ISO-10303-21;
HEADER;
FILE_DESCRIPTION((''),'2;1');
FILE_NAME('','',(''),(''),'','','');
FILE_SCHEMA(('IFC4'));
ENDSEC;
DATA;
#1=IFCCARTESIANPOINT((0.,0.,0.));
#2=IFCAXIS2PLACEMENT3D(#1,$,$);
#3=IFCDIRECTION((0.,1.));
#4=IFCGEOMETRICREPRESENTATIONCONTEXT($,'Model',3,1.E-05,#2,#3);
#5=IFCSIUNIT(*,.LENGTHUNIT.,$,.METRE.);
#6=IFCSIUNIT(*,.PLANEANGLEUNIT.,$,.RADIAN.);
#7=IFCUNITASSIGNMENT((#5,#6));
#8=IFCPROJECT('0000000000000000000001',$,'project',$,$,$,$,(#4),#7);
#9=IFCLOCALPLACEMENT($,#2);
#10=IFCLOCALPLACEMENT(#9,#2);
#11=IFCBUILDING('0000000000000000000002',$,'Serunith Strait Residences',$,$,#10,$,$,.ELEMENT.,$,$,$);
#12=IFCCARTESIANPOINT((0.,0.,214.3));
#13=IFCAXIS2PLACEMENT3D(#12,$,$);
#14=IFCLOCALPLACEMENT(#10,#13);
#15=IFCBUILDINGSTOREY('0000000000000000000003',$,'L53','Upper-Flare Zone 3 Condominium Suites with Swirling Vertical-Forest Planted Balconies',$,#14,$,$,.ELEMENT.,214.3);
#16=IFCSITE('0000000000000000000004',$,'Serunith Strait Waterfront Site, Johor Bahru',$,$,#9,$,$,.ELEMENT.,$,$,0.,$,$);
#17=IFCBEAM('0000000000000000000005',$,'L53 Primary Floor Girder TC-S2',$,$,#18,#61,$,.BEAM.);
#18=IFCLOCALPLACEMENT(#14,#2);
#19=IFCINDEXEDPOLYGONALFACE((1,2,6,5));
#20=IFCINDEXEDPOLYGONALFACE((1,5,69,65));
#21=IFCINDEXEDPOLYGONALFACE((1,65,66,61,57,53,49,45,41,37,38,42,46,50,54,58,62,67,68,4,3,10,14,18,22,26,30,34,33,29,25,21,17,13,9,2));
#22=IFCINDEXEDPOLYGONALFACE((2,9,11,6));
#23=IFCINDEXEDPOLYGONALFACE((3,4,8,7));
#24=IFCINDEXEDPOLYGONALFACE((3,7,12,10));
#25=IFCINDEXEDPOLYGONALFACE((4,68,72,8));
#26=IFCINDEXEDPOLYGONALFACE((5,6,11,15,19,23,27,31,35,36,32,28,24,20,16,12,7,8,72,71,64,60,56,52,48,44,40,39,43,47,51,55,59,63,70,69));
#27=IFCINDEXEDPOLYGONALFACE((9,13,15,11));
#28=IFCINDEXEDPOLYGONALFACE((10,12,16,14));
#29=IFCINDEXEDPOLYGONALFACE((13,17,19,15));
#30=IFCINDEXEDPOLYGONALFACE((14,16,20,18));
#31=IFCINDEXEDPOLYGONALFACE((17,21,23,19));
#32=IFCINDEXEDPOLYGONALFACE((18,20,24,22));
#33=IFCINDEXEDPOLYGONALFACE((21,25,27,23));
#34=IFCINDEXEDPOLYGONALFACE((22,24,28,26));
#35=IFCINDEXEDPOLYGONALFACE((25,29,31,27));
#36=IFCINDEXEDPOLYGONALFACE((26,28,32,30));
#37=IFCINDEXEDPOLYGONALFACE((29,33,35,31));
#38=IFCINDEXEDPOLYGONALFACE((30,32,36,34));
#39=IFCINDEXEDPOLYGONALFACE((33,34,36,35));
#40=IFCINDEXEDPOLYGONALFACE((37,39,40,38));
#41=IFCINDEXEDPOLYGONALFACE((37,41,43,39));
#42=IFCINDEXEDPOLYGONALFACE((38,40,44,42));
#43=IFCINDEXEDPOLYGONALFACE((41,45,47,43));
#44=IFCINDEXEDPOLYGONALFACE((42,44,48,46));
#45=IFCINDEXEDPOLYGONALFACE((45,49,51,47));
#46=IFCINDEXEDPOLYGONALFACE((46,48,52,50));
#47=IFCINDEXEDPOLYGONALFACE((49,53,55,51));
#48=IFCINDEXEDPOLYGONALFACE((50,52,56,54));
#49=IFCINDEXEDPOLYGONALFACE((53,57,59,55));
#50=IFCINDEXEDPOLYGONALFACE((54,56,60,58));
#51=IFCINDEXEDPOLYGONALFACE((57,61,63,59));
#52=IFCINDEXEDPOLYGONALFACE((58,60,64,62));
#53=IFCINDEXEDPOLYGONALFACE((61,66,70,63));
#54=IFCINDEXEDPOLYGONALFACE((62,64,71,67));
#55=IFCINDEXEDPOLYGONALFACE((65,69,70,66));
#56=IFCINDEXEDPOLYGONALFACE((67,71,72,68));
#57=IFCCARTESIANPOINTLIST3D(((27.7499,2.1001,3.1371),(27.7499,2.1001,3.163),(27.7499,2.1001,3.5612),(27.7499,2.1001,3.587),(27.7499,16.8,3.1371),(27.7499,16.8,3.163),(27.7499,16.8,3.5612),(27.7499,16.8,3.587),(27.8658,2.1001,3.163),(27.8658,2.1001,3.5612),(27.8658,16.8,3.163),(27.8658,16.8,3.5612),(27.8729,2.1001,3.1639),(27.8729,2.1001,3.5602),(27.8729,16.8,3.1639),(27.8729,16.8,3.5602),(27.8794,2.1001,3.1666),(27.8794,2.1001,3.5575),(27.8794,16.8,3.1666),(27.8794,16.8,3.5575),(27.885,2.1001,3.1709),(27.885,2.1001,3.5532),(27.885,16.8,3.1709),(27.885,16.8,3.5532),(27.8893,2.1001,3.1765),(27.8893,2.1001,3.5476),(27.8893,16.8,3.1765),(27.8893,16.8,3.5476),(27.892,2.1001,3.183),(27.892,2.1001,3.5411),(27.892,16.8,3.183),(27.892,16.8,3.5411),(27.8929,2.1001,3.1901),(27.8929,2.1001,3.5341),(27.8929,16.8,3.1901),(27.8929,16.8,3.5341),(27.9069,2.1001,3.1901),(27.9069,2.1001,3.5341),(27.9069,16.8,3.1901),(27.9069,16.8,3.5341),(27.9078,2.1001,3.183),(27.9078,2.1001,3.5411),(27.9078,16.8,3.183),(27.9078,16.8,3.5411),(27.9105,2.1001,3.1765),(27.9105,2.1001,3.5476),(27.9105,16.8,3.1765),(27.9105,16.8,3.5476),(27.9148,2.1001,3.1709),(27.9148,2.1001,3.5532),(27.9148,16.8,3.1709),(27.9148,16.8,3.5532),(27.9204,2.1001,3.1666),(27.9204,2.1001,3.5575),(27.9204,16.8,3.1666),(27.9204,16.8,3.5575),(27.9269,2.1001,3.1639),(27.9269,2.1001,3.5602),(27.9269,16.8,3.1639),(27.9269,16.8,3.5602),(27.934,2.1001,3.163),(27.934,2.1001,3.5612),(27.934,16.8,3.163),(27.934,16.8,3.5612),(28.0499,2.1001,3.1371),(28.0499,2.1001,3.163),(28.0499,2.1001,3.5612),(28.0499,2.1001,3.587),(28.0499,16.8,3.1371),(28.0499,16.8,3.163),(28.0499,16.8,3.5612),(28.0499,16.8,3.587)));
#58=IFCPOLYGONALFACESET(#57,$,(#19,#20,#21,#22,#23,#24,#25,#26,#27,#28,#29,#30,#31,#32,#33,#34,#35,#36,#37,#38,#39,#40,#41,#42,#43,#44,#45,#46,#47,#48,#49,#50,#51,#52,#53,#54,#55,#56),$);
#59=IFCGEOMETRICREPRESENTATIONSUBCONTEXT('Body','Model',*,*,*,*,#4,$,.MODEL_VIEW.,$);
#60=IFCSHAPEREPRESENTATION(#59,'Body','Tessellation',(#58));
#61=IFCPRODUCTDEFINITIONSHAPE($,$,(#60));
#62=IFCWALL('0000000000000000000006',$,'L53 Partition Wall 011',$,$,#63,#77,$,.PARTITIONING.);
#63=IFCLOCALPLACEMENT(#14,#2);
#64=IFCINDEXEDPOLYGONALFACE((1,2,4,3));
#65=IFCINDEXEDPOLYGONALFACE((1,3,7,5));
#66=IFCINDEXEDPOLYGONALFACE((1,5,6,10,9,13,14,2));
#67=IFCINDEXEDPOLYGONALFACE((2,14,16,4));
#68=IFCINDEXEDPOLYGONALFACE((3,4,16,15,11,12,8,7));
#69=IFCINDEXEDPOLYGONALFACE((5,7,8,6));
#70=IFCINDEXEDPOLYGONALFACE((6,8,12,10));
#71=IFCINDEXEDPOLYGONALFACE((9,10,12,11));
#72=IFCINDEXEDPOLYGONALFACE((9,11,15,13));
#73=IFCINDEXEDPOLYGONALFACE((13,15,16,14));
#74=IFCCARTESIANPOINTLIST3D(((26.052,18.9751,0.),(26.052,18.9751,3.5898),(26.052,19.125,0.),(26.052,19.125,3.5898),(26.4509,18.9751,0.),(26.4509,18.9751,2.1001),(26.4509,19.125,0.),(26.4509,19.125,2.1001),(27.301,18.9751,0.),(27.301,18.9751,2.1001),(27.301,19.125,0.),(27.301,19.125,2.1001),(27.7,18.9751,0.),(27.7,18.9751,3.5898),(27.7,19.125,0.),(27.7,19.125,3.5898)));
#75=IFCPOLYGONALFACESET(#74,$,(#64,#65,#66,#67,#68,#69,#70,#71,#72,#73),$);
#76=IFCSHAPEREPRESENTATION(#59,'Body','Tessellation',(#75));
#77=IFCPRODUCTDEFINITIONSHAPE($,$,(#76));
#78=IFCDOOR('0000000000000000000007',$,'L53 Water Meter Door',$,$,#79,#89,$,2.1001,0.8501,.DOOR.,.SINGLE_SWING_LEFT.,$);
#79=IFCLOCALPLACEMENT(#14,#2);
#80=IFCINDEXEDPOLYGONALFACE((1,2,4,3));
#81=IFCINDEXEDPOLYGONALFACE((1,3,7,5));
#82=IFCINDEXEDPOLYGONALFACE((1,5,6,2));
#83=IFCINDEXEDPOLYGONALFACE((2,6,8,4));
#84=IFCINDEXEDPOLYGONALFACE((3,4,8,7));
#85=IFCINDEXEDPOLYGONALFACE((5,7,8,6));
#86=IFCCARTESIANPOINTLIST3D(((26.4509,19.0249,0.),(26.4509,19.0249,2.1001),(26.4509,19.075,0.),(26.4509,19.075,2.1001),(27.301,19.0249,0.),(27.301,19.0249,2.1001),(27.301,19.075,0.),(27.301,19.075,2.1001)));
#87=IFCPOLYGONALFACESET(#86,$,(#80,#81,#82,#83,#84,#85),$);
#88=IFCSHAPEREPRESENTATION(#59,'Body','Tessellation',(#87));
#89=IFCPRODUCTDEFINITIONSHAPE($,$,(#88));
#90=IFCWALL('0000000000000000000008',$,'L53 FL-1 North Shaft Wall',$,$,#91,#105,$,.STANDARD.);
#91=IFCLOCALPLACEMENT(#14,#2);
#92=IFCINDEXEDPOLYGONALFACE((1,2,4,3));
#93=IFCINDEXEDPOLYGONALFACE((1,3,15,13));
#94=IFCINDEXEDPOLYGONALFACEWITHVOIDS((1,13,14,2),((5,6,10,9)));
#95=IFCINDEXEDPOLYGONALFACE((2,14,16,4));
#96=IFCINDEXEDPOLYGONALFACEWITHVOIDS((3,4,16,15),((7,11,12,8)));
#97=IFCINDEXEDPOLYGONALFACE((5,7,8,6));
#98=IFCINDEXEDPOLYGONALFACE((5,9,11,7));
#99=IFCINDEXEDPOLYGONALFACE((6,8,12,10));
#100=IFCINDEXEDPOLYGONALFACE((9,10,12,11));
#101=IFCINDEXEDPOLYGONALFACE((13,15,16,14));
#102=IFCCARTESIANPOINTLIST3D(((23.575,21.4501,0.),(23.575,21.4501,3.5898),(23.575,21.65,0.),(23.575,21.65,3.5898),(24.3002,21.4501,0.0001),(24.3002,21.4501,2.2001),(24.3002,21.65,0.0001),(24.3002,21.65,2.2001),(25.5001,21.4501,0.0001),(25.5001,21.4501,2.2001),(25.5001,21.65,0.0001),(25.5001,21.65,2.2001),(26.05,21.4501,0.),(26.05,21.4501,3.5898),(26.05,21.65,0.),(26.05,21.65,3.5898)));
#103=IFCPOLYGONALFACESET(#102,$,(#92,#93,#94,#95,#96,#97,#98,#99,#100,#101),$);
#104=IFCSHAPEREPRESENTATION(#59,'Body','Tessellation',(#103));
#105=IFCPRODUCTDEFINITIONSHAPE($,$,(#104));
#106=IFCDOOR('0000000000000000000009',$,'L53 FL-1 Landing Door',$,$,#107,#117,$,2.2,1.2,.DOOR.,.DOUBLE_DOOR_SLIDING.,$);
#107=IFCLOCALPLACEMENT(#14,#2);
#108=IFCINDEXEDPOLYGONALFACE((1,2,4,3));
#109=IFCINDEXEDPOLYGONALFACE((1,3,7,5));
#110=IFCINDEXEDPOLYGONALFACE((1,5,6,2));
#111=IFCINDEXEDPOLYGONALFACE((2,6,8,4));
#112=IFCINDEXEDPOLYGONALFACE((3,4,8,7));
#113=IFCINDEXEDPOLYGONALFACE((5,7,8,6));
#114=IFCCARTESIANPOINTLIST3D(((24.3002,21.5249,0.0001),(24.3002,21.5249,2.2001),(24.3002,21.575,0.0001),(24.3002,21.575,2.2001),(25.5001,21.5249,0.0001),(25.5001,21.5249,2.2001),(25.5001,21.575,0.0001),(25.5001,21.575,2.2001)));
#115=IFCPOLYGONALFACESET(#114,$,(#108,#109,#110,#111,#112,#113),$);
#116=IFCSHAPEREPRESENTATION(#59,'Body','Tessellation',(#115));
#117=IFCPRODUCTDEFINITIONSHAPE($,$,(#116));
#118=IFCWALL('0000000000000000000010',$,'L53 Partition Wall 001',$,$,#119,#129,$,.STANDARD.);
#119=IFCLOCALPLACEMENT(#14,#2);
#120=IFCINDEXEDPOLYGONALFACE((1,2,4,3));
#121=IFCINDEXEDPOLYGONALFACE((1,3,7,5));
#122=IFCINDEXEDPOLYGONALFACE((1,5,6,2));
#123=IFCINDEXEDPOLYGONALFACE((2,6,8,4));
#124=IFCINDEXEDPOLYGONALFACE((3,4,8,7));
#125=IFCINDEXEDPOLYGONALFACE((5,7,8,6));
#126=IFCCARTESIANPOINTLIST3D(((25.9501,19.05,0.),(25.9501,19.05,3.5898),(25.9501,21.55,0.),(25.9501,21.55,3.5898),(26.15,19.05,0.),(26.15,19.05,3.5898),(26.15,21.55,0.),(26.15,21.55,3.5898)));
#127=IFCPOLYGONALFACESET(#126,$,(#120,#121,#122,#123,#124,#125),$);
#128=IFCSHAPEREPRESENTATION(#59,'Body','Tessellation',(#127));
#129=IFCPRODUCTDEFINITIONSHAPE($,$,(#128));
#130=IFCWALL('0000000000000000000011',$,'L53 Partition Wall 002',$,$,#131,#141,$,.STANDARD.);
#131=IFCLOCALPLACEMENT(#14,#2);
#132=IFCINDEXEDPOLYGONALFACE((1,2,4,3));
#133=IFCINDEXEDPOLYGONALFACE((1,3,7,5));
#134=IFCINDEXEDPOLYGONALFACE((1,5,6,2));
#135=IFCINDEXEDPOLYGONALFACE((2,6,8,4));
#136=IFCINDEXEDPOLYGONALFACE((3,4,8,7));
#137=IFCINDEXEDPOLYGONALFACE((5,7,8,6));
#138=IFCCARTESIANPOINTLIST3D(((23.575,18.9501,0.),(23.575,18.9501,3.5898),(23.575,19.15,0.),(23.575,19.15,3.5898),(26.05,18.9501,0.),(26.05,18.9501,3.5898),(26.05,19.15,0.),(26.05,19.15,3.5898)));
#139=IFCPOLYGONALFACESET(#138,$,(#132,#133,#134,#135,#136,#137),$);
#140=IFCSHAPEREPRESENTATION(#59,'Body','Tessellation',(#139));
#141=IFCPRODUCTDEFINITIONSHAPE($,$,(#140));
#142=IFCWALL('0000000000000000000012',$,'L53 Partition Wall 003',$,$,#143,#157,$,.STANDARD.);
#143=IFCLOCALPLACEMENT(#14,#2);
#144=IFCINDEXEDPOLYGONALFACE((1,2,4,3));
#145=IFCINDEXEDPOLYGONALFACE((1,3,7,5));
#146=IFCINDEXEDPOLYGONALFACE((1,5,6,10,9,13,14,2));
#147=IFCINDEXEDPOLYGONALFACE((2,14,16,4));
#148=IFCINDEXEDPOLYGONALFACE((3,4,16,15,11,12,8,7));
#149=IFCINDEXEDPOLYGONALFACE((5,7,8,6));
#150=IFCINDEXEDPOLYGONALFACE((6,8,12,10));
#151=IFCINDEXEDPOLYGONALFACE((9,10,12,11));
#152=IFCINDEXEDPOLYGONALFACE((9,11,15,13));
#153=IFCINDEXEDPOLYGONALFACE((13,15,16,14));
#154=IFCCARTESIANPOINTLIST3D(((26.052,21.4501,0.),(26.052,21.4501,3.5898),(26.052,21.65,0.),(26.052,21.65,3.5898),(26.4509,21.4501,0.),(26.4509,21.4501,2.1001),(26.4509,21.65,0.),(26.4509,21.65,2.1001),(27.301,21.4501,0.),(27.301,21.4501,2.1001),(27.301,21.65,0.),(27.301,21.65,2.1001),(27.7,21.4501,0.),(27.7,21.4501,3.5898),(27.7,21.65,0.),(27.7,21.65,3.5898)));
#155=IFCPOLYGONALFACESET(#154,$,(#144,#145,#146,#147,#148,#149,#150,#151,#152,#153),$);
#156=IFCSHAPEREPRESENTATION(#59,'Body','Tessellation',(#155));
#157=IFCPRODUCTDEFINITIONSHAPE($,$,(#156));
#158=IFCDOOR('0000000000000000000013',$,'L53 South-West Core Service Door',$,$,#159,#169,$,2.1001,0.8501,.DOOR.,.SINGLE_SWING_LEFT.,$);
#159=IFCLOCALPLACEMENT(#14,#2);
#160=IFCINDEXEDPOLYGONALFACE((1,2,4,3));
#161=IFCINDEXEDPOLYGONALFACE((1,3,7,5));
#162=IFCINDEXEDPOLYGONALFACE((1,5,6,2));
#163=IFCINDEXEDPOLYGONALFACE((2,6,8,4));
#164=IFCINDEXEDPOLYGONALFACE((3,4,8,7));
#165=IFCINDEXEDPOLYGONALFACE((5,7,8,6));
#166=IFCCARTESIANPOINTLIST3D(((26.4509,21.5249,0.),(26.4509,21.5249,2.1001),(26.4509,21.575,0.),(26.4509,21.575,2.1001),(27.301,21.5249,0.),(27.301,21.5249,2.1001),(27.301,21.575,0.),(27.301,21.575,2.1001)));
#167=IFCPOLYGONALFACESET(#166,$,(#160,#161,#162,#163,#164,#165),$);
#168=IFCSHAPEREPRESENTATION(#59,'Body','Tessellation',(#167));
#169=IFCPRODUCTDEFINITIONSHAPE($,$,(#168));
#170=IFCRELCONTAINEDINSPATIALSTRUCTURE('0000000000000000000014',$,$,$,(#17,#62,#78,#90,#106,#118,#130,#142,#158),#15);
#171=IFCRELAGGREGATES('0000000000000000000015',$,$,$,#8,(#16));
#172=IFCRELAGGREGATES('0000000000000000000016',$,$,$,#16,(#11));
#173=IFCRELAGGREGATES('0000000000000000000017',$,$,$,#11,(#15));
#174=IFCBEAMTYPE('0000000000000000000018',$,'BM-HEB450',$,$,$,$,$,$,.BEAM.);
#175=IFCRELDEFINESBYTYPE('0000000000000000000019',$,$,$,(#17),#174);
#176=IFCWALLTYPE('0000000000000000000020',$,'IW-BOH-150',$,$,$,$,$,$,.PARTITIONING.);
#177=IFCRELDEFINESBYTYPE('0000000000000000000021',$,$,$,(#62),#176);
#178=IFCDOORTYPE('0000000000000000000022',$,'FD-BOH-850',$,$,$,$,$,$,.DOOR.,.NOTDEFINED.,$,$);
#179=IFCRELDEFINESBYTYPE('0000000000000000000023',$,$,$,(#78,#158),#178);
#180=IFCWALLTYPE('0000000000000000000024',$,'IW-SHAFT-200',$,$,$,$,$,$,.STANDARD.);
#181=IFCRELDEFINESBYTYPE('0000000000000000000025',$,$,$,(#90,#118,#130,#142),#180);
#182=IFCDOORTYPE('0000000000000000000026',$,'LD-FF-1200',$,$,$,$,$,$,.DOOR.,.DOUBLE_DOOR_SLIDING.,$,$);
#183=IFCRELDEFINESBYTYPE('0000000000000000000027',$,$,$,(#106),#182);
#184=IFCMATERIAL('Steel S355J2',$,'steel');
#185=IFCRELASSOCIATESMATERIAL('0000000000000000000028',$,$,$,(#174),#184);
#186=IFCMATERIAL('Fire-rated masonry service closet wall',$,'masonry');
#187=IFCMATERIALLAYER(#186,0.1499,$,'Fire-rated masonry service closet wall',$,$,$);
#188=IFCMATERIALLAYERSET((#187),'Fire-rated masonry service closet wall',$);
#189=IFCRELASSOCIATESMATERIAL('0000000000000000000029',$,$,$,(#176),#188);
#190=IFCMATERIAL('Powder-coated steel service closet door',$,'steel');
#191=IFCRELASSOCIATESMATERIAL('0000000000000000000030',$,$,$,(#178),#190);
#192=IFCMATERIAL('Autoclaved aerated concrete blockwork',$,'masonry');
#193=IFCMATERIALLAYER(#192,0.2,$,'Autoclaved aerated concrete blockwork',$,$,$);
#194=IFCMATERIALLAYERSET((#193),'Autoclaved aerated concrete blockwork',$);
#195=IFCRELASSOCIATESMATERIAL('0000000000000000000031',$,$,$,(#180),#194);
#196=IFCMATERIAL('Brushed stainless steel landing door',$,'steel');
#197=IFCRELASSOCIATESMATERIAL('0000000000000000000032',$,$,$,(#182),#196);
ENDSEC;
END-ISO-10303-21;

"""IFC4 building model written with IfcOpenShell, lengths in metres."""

from ifc_helpers import new_model, si_unit, direction, frame, frame_2d, origin, origin_2d, place, context, subcontext, project, spatial, rectangle, i_section, extrude, source, transform, mapped, material, layer, layer_set, material_profile, profile_set, type_object, element, fill, save


model = new_model("IFC4")

# Units and contexts
model_context = context("Model", 3, precision=1e-05, world=origin(), true_north=direction((0.0, 1.0)))
body_context = subcontext(model_context, "Body", "Model", "MODEL_VIEW")
ifc_project = project(units=[si_unit("LENGTHUNIT", "METRE"), si_unit("PLANEANGLEUNIT", "RADIAN")], contexts=[model_context])

# Site, building, storey
site_placement = place(None, origin())
site = spatial("IfcSite", under=ifc_project, at=site_placement, Name="Serunith Strait Waterfront Site, Johor Bahru", CompositionType="ELEMENT", RefElevation=0.0)
building_placement = place(site_placement, origin())
building = spatial("IfcBuilding", under=site, at=building_placement, Name="Serunith Strait Residences", CompositionType="ELEMENT")
storey_placement = place(building_placement, frame((0.0, 0.0, 214.3)))
storey = spatial("IfcBuildingStorey", under=building, at=storey_placement, Name="L53", Description="Upper-Flare Zone 3 Condominium Suites with Swirling Vertical-Forest Planted Balconies", CompositionType="ELEMENT", Elevation=214.3)

# Beam
ifc_material_1 = material(Name="Steel S355J2", Category="steel")
ifc_material_profile = material_profile(ifc_material_1, i_section(OverallWidth=0.3, OverallDepth=0.45, WebThickness=0.0139, FlangeThickness=0.0259, FilletRadius=0.0271, at=origin_2d()), Name="HEB 450")
ifc_profile_set = profile_set([ifc_material_profile], Name="Steel S355J2")
beam_type = type_object("IfcBeamType", Name="BM-HEB450", PredefinedType="BEAM", material=ifc_profile_set)
shared_shape_1 = source(origin(), body_context, "Body", "SweptSolid", [
    extrude(i_section(OverallWidth=0.3, OverallDepth=0.45, WebThickness=0.0139, FlangeThickness=0.0259, FilletRadius=0.0271, at=origin_2d()), origin(), (0.0, 0.0, 1.0), 14.7),
])
beam_placement = place(storey_placement, frame((27.8999, 16.8, 3.3621), z_axis=(0.0, -1.0, 0.0), x_axis=(1.0, 0.0, 0.0)))
element("IfcBeam", 1, at=beam_placement, inside=storey, type_object=beam_type, Name="L53 Primary Floor Girder TC-S2", PredefinedType="BEAM", context=body_context, shape_type="MappedRepresentation", body=[
    mapped(shared_shape_1, transform((0.0, 0.0, 0.0), scale=1.0)),
])

# Walls, openings, doors
ifc_material_2 = material(Name="Fire-rated masonry service closet wall", Category="masonry")
ifc_layer_1 = layer(ifc_material_2, 0.1499, Name="Fire-rated masonry service closet wall")
ifc_layer_set_1 = layer_set([ifc_layer_1], Name="Fire-rated masonry service closet wall")
wall_type_1 = type_object("IfcWallType", Name="IW-BOH-150", PredefinedType="PARTITIONING", material=ifc_layer_set_1)
wall_1_placement = place(storey_placement, frame((26.052, 19.05, 0.0), z_axis=(0.0, 0.0, 1.0), x_axis=(1.0, 0.0, 0.0)))
wall_1 = element("IfcWall", 2, at=wall_1_placement, inside=storey, type_object=wall_type_1, Name="L53 Partition Wall 011", PredefinedType="PARTITIONING", context=body_context, shape_type="SweptSolid", body=[
    extrude(rectangle(XDim=1.6479, YDim=0.1499, at=frame_2d((0.824, 0.0))), origin(), (0.0, 0.0, 1.0), 3.5898),
])
opening_1_placement = place(wall_1_placement, frame((0.3989, 0.0, 0.0)))
opening_1 = element("IfcOpeningElement", 3, at=opening_1_placement, cuts=wall_1, PredefinedType="OPENING", context=body_context, shape_type="SweptSolid", body=[
    extrude(rectangle(XDim=0.8501, YDim=2.1001, at=frame_2d((0.425, 1.05))), frame((0.0, 0.085, 0.0), z_axis=(0.0, -1.0, 0.0), x_axis=(1.0, 0.0, 0.0)), (0.0, 0.0, 1.0), 0.1699),
])
ifc_material_3 = material(Name="Powder-coated steel service closet door", Category="steel")
door_type_1 = type_object("IfcDoorType", Name="FD-BOH-850", OperationType="NOTDEFINED", PredefinedType="DOOR", material=ifc_material_3)
shared_shape_2 = source(origin(), body_context, "Body", "SweptSolid", [
    extrude(rectangle(XDim=0.8501, YDim=2.1001, at=frame_2d((0.425, 1.05))), frame((0.0, 0.0249, 0.0), z_axis=(0.0, -1.0, 0.0), x_axis=(1.0, 0.0, 0.0)), (0.0, 0.0, 1.0), 0.05),
])
door_1_placement = place(opening_1_placement, origin())
door_1 = element("IfcDoor", 4, at=door_1_placement, inside=storey, type_object=door_type_1, Name="L53 Water Meter Door", OperationType="SINGLE_SWING_LEFT", OverallHeight=2.1001, OverallWidth=0.8501, PredefinedType="DOOR", context=body_context, shape_type="MappedRepresentation", body=[
    mapped(shared_shape_2, transform((0.0, 0.0, 0.0), scale=1.0)),
])
fill(opening_1, door_1)
ifc_material_4 = material(Name="Autoclaved aerated concrete blockwork", Category="masonry")
ifc_layer_2 = layer(ifc_material_4, 0.2, Name="Autoclaved aerated concrete blockwork")
ifc_layer_set_2 = layer_set([ifc_layer_2], Name="Autoclaved aerated concrete blockwork")
wall_type_2 = type_object("IfcWallType", Name="IW-SHAFT-200", PredefinedType="STANDARD", material=ifc_layer_set_2)
wall_2_placement = place(storey_placement, frame((23.575, 21.55, 0.0), z_axis=(0.0, 0.0, 1.0), x_axis=(1.0, 0.0, 0.0)))
wall_2 = element("IfcWall", 5, at=wall_2_placement, inside=storey, type_object=wall_type_2, Name="L53 FL-1 North Shaft Wall", PredefinedType="STANDARD", context=body_context, shape_type="SweptSolid", body=[
    extrude(rectangle(XDim=2.4751, YDim=0.2, at=frame_2d((1.2375, 0.0))), origin(), (0.0, 0.0, 1.0), 3.5898),
])
opening_2_placement = place(wall_2_placement, frame((0.7251, 0.0, 0.0)))
opening_2 = element("IfcOpeningElement", 6, at=opening_2_placement, cuts=wall_2, PredefinedType="OPENING", context=body_context, shape_type="SweptSolid", body=[
    extrude(rectangle(XDim=1.2, YDim=2.2, at=frame_2d((0.6001, 1.1001))), frame((0.0, 0.1099, 0.0), z_axis=(0.0, -1.0, 0.0), x_axis=(1.0, 0.0, 0.0)), (0.0, 0.0, 1.0), 0.22),
])
ifc_material_5 = material(Name="Brushed stainless steel landing door", Category="steel")
door_type_2 = type_object("IfcDoorType", Name="LD-FF-1200", OperationType="DOUBLE_DOOR_SLIDING", PredefinedType="DOOR", material=ifc_material_5)
shared_shape_3 = source(origin(), body_context, "Body", "SweptSolid", [
    extrude(rectangle(XDim=1.2, YDim=2.2, at=frame_2d((0.6001, 1.1001))), frame((0.0, 0.0249, 0.0), z_axis=(0.0, -1.0, 0.0), x_axis=(1.0, 0.0, 0.0)), (0.0, 0.0, 1.0), 0.05),
])
door_2_placement = place(opening_2_placement, origin())
door_2 = element("IfcDoor", 7, at=door_2_placement, inside=storey, type_object=door_type_2, Name="L53 FL-1 Landing Door", OperationType="DOUBLE_DOOR_SLIDING", OverallHeight=2.2, OverallWidth=1.2, PredefinedType="DOOR", context=body_context, shape_type="MappedRepresentation", body=[
    mapped(shared_shape_3, transform((0.0, 0.0, 0.0), scale=1.0)),
])
fill(opening_2, door_2)

# Walls
wall_3_placement = place(storey_placement, frame((26.05, 19.05, 0.0), z_axis=(0.0, 0.0, 1.0), x_axis=(0.0, 1.0, 0.0)))
element("IfcWall", 8, at=wall_3_placement, inside=storey, type_object=wall_type_2, Name="L53 Partition Wall 001", PredefinedType="STANDARD", context=body_context, shape_type="SweptSolid", body=[
    extrude(rectangle(XDim=2.5, YDim=0.2, at=frame_2d((1.25, 0.0))), origin(), (0.0, 0.0, 1.0), 3.5898),
])
wall_4_placement = place(storey_placement, frame((23.575, 19.05, 0.0), z_axis=(0.0, 0.0, 1.0), x_axis=(1.0, 0.0, 0.0)))
element("IfcWall", 9, at=wall_4_placement, inside=storey, type_object=wall_type_2, Name="L53 Partition Wall 002", PredefinedType="STANDARD", context=body_context, shape_type="SweptSolid", body=[
    extrude(rectangle(XDim=2.4751, YDim=0.2, at=frame_2d((1.2375, 0.0))), origin(), (0.0, 0.0, 1.0), 3.5898),
])

# Wall, opening, door
wall_5_placement = place(storey_placement, frame((26.052, 21.55, 0.0), z_axis=(0.0, 0.0, 1.0), x_axis=(1.0, 0.0, 0.0)))
wall_5 = element("IfcWall", 10, at=wall_5_placement, inside=storey, type_object=wall_type_2, Name="L53 Partition Wall 003", PredefinedType="STANDARD", context=body_context, shape_type="SweptSolid", body=[
    extrude(rectangle(XDim=1.6479, YDim=0.2, at=frame_2d((0.824, 0.0))), origin(), (0.0, 0.0, 1.0), 3.5898),
])
opening_3_placement = place(wall_5_placement, frame((0.3989, 0.0, 0.0)))
opening_3 = element("IfcOpeningElement", 11, at=opening_3_placement, cuts=wall_5, PredefinedType="OPENING", context=body_context, shape_type="SweptSolid", body=[
    extrude(rectangle(XDim=0.8501, YDim=2.1001, at=frame_2d((0.425, 1.05))), frame((0.0, 0.1099, 0.0), z_axis=(0.0, -1.0, 0.0), x_axis=(1.0, 0.0, 0.0)), (0.0, 0.0, 1.0), 0.22),
])
door_3_placement = place(opening_3_placement, origin())
door_3 = element("IfcDoor", 12, at=door_3_placement, inside=storey, type_object=door_type_1, Name="L53 South-West Core Service Door", OperationType="SINGLE_SWING_LEFT", OverallHeight=2.1001, OverallWidth=0.8501, PredefinedType="DOOR", context=body_context, shape_type="MappedRepresentation", body=[
    mapped(shared_shape_2, transform((0.0, 0.0, 0.0), scale=1.0)),
])
fill(opening_3, door_3)

save(model, "model.ifc")
